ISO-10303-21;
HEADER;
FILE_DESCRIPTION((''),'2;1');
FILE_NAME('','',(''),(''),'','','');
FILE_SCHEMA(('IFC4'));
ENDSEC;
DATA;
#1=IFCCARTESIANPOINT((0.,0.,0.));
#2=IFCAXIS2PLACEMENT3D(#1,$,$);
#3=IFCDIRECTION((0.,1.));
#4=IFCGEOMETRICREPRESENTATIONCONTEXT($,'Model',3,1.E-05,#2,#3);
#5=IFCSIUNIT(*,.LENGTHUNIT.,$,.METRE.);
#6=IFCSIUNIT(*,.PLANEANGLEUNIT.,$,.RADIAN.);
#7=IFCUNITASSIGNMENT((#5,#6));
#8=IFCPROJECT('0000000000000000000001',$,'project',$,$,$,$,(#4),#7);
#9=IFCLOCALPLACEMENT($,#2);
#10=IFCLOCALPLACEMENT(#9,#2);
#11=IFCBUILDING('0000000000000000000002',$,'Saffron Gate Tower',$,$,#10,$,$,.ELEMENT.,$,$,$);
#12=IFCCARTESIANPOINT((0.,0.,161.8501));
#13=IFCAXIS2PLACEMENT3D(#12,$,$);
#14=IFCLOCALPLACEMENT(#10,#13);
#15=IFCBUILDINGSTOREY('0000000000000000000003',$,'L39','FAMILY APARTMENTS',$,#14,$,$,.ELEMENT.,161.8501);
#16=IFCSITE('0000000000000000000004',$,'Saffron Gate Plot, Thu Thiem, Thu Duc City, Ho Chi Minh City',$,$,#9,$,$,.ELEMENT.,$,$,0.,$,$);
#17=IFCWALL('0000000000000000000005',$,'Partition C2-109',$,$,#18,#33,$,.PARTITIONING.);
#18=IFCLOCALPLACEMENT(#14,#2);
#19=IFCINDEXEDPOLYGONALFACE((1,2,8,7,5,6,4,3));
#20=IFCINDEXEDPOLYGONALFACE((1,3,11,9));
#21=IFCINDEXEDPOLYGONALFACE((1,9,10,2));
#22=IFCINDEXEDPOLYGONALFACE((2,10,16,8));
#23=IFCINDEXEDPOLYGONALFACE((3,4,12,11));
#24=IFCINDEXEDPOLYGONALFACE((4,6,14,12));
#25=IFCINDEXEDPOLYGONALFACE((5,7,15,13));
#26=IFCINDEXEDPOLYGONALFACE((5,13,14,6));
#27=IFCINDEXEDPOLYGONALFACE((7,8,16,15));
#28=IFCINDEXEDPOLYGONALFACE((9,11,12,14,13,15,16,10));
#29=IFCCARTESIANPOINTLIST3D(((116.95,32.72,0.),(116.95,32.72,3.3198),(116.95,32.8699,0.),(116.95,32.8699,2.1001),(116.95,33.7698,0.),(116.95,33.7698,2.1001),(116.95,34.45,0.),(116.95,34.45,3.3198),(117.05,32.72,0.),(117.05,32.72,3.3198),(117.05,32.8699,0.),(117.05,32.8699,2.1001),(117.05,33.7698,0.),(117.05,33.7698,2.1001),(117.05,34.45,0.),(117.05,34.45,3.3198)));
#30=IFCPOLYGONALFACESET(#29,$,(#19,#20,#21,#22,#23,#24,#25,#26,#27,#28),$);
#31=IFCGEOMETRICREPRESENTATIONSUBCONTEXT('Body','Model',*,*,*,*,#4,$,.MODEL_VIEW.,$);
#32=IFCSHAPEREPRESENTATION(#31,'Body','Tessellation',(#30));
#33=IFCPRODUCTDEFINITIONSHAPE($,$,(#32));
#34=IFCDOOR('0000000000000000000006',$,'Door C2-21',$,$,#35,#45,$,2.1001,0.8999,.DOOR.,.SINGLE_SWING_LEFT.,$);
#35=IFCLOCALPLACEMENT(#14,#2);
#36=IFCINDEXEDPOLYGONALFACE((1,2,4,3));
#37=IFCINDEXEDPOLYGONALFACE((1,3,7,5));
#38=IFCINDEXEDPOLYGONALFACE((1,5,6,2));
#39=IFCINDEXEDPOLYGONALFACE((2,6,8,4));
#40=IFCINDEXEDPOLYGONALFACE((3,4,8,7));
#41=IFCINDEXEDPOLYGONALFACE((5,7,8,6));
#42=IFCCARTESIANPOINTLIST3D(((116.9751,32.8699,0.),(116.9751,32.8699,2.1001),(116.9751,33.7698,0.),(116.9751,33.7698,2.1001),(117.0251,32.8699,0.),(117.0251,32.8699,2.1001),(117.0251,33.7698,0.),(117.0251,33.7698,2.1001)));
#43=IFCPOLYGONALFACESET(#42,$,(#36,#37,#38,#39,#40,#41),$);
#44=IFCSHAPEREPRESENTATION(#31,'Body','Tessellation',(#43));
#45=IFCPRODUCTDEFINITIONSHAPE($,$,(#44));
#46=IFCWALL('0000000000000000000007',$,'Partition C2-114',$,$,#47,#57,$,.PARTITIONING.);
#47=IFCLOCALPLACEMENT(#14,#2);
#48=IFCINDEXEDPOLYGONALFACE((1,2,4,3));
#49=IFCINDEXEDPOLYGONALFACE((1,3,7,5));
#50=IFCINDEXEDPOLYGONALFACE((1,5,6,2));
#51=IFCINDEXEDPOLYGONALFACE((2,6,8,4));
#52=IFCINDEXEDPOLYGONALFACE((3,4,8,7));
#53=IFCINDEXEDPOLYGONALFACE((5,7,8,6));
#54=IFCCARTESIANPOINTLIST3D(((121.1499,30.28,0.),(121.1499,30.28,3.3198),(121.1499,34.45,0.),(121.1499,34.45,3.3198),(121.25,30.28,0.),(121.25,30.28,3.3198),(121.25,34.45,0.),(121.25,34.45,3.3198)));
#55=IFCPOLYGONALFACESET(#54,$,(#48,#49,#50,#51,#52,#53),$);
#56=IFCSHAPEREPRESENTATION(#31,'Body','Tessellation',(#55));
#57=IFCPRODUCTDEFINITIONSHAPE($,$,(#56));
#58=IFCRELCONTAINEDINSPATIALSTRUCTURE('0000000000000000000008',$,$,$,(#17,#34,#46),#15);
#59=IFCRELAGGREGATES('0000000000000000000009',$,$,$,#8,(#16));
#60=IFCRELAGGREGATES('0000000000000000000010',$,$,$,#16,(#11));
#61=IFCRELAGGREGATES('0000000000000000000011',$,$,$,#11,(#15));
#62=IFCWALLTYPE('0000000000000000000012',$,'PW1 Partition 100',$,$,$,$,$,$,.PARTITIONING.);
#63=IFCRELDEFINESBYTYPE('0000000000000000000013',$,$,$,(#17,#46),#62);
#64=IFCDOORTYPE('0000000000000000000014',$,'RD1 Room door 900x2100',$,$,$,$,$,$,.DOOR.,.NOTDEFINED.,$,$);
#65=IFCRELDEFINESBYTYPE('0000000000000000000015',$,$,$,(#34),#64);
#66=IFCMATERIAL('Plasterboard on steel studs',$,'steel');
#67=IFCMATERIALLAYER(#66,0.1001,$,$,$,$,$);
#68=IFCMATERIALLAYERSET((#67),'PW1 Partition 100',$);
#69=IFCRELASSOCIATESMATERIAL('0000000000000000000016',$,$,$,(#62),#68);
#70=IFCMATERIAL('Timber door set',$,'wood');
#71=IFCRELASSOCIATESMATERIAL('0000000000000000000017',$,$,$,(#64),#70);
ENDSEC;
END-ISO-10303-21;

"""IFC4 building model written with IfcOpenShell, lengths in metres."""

from ifc_helpers import new_model, si_unit, direction, frame, frame_2d, origin, place, context, subcontext, project, spatial, rectangle, extrude, material, layer, layer_set, type_object, element, fill, save


model = new_model("IFC4")

# Units and contexts
model_context = context("Model", 3, precision=1e-05, world=origin(), true_north=direction((0.0, 1.0)))
body_context = subcontext(model_context, "Body", "Model", "MODEL_VIEW")
ifc_project = project(units=[si_unit("LENGTHUNIT", "METRE"), si_unit("PLANEANGLEUNIT", "RADIAN")], contexts=[model_context])

# Site, building, storey
site_placement = place(None, origin())
site = spatial("IfcSite", under=ifc_project, at=site_placement, Name="Saffron Gate Plot, Thu Thiem, Thu Duc City, Ho Chi Minh City", CompositionType="ELEMENT", RefElevation=0.0)
building_placement = place(site_placement, origin())
building = spatial("IfcBuilding", under=site, at=building_placement, Name="Saffron Gate Tower", CompositionType="ELEMENT")
storey_placement = place(building_placement, frame((0.0, 0.0, 161.8501)))
storey = spatial("IfcBuildingStorey", under=building, at=storey_placement, Name="L39", Description="FAMILY APARTMENTS", CompositionType="ELEMENT", Elevation=161.8501)

# Shared definitions
ifc_material_1 = material(Name="Plasterboard on steel studs", Category="steel")
ifc_layer_1 = layer(ifc_material_1, 0.1001)
ifc_layer_set_1 = layer_set([ifc_layer_1], Name="PW1 Partition 100")
wall_type = type_object("IfcWallType", Name="PW1 Partition 100", PredefinedType="PARTITIONING", material=ifc_layer_set_1)
ifc_material_2 = material(Name="Timber door set", Category="wood")
door_type = type_object("IfcDoorType", Name="RD1 Room door 900x2100", OperationType="NOTDEFINED", PredefinedType="DOOR", material=ifc_material_2)

# Wall, opening, door
wall_1_placement = place(storey_placement, frame((117.0, 32.72, 0.0), z_axis=(0.0, 0.0, 1.0), x_axis=(0.0, 1.0, 0.0)))
wall_1 = element("IfcWall", 1, at=wall_1_placement, inside=storey, type_object=wall_type, Name="Partition C2-109", PredefinedType="PARTITIONING", context=body_context, shape_type="SweptSolid", body=[
    extrude(rectangle(XDim=1.73, YDim=0.1001, at=frame_2d((0.865, 0.0))), origin(), (0.0, 0.0, 1.0), 3.3198),
])
opening_1_placement = place(wall_1_placement, frame((0.1499, 0.0, 0.0)))
opening_1 = element("IfcOpeningElement", 2, at=opening_1_placement, cuts=wall_1, PredefinedType="OPENING", context=body_context, shape_type="SweptSolid", body=[
    extrude(rectangle(XDim=0.8999, YDim=2.1001, at=frame_2d((0.45, 1.05))), frame((0.0, 0.0601, 0.0), z_axis=(0.0, -1.0, 0.0), x_axis=(1.0, 0.0, 0.0)), (0.0, 0.0, 1.0), 0.1201),
])
door_1_placement = place(opening_1_placement, origin())
door_1 = element("IfcDoor", 3, at=door_1_placement, inside=storey, type_object=door_type, Name="Door C2-21", OperationType="SINGLE_SWING_LEFT", OverallHeight=2.1001, OverallWidth=0.8999, PredefinedType="DOOR", context=body_context, shape_type="SweptSolid", body=[
    extrude(rectangle(XDim=0.8999, YDim=2.1001, at=frame_2d((0.45, 1.05))), frame((0.0, 0.0249, 0.0), z_axis=(0.0, -1.0, 0.0), x_axis=(1.0, 0.0, 0.0)), (0.0, 0.0, 1.0), 0.05),
])
fill(opening_1, door_1)

# Wall
wall_2_placement = place(storey_placement, frame((121.2, 34.45, 0.0), z_axis=(0.0, 0.0, 1.0), x_axis=(0.0, -1.0, 0.0)))
element("IfcWall", 4, at=wall_2_placement, inside=storey, type_object=wall_type, Name="Partition C2-114", PredefinedType="PARTITIONING", context=body_context, shape_type="SweptSolid", body=[
    extrude(rectangle(XDim=4.1699, YDim=0.1001, at=frame_2d((2.085, 0.0))), origin(), (0.0, 0.0, 1.0), 3.3198),
])

save(model, "model.ifc")
